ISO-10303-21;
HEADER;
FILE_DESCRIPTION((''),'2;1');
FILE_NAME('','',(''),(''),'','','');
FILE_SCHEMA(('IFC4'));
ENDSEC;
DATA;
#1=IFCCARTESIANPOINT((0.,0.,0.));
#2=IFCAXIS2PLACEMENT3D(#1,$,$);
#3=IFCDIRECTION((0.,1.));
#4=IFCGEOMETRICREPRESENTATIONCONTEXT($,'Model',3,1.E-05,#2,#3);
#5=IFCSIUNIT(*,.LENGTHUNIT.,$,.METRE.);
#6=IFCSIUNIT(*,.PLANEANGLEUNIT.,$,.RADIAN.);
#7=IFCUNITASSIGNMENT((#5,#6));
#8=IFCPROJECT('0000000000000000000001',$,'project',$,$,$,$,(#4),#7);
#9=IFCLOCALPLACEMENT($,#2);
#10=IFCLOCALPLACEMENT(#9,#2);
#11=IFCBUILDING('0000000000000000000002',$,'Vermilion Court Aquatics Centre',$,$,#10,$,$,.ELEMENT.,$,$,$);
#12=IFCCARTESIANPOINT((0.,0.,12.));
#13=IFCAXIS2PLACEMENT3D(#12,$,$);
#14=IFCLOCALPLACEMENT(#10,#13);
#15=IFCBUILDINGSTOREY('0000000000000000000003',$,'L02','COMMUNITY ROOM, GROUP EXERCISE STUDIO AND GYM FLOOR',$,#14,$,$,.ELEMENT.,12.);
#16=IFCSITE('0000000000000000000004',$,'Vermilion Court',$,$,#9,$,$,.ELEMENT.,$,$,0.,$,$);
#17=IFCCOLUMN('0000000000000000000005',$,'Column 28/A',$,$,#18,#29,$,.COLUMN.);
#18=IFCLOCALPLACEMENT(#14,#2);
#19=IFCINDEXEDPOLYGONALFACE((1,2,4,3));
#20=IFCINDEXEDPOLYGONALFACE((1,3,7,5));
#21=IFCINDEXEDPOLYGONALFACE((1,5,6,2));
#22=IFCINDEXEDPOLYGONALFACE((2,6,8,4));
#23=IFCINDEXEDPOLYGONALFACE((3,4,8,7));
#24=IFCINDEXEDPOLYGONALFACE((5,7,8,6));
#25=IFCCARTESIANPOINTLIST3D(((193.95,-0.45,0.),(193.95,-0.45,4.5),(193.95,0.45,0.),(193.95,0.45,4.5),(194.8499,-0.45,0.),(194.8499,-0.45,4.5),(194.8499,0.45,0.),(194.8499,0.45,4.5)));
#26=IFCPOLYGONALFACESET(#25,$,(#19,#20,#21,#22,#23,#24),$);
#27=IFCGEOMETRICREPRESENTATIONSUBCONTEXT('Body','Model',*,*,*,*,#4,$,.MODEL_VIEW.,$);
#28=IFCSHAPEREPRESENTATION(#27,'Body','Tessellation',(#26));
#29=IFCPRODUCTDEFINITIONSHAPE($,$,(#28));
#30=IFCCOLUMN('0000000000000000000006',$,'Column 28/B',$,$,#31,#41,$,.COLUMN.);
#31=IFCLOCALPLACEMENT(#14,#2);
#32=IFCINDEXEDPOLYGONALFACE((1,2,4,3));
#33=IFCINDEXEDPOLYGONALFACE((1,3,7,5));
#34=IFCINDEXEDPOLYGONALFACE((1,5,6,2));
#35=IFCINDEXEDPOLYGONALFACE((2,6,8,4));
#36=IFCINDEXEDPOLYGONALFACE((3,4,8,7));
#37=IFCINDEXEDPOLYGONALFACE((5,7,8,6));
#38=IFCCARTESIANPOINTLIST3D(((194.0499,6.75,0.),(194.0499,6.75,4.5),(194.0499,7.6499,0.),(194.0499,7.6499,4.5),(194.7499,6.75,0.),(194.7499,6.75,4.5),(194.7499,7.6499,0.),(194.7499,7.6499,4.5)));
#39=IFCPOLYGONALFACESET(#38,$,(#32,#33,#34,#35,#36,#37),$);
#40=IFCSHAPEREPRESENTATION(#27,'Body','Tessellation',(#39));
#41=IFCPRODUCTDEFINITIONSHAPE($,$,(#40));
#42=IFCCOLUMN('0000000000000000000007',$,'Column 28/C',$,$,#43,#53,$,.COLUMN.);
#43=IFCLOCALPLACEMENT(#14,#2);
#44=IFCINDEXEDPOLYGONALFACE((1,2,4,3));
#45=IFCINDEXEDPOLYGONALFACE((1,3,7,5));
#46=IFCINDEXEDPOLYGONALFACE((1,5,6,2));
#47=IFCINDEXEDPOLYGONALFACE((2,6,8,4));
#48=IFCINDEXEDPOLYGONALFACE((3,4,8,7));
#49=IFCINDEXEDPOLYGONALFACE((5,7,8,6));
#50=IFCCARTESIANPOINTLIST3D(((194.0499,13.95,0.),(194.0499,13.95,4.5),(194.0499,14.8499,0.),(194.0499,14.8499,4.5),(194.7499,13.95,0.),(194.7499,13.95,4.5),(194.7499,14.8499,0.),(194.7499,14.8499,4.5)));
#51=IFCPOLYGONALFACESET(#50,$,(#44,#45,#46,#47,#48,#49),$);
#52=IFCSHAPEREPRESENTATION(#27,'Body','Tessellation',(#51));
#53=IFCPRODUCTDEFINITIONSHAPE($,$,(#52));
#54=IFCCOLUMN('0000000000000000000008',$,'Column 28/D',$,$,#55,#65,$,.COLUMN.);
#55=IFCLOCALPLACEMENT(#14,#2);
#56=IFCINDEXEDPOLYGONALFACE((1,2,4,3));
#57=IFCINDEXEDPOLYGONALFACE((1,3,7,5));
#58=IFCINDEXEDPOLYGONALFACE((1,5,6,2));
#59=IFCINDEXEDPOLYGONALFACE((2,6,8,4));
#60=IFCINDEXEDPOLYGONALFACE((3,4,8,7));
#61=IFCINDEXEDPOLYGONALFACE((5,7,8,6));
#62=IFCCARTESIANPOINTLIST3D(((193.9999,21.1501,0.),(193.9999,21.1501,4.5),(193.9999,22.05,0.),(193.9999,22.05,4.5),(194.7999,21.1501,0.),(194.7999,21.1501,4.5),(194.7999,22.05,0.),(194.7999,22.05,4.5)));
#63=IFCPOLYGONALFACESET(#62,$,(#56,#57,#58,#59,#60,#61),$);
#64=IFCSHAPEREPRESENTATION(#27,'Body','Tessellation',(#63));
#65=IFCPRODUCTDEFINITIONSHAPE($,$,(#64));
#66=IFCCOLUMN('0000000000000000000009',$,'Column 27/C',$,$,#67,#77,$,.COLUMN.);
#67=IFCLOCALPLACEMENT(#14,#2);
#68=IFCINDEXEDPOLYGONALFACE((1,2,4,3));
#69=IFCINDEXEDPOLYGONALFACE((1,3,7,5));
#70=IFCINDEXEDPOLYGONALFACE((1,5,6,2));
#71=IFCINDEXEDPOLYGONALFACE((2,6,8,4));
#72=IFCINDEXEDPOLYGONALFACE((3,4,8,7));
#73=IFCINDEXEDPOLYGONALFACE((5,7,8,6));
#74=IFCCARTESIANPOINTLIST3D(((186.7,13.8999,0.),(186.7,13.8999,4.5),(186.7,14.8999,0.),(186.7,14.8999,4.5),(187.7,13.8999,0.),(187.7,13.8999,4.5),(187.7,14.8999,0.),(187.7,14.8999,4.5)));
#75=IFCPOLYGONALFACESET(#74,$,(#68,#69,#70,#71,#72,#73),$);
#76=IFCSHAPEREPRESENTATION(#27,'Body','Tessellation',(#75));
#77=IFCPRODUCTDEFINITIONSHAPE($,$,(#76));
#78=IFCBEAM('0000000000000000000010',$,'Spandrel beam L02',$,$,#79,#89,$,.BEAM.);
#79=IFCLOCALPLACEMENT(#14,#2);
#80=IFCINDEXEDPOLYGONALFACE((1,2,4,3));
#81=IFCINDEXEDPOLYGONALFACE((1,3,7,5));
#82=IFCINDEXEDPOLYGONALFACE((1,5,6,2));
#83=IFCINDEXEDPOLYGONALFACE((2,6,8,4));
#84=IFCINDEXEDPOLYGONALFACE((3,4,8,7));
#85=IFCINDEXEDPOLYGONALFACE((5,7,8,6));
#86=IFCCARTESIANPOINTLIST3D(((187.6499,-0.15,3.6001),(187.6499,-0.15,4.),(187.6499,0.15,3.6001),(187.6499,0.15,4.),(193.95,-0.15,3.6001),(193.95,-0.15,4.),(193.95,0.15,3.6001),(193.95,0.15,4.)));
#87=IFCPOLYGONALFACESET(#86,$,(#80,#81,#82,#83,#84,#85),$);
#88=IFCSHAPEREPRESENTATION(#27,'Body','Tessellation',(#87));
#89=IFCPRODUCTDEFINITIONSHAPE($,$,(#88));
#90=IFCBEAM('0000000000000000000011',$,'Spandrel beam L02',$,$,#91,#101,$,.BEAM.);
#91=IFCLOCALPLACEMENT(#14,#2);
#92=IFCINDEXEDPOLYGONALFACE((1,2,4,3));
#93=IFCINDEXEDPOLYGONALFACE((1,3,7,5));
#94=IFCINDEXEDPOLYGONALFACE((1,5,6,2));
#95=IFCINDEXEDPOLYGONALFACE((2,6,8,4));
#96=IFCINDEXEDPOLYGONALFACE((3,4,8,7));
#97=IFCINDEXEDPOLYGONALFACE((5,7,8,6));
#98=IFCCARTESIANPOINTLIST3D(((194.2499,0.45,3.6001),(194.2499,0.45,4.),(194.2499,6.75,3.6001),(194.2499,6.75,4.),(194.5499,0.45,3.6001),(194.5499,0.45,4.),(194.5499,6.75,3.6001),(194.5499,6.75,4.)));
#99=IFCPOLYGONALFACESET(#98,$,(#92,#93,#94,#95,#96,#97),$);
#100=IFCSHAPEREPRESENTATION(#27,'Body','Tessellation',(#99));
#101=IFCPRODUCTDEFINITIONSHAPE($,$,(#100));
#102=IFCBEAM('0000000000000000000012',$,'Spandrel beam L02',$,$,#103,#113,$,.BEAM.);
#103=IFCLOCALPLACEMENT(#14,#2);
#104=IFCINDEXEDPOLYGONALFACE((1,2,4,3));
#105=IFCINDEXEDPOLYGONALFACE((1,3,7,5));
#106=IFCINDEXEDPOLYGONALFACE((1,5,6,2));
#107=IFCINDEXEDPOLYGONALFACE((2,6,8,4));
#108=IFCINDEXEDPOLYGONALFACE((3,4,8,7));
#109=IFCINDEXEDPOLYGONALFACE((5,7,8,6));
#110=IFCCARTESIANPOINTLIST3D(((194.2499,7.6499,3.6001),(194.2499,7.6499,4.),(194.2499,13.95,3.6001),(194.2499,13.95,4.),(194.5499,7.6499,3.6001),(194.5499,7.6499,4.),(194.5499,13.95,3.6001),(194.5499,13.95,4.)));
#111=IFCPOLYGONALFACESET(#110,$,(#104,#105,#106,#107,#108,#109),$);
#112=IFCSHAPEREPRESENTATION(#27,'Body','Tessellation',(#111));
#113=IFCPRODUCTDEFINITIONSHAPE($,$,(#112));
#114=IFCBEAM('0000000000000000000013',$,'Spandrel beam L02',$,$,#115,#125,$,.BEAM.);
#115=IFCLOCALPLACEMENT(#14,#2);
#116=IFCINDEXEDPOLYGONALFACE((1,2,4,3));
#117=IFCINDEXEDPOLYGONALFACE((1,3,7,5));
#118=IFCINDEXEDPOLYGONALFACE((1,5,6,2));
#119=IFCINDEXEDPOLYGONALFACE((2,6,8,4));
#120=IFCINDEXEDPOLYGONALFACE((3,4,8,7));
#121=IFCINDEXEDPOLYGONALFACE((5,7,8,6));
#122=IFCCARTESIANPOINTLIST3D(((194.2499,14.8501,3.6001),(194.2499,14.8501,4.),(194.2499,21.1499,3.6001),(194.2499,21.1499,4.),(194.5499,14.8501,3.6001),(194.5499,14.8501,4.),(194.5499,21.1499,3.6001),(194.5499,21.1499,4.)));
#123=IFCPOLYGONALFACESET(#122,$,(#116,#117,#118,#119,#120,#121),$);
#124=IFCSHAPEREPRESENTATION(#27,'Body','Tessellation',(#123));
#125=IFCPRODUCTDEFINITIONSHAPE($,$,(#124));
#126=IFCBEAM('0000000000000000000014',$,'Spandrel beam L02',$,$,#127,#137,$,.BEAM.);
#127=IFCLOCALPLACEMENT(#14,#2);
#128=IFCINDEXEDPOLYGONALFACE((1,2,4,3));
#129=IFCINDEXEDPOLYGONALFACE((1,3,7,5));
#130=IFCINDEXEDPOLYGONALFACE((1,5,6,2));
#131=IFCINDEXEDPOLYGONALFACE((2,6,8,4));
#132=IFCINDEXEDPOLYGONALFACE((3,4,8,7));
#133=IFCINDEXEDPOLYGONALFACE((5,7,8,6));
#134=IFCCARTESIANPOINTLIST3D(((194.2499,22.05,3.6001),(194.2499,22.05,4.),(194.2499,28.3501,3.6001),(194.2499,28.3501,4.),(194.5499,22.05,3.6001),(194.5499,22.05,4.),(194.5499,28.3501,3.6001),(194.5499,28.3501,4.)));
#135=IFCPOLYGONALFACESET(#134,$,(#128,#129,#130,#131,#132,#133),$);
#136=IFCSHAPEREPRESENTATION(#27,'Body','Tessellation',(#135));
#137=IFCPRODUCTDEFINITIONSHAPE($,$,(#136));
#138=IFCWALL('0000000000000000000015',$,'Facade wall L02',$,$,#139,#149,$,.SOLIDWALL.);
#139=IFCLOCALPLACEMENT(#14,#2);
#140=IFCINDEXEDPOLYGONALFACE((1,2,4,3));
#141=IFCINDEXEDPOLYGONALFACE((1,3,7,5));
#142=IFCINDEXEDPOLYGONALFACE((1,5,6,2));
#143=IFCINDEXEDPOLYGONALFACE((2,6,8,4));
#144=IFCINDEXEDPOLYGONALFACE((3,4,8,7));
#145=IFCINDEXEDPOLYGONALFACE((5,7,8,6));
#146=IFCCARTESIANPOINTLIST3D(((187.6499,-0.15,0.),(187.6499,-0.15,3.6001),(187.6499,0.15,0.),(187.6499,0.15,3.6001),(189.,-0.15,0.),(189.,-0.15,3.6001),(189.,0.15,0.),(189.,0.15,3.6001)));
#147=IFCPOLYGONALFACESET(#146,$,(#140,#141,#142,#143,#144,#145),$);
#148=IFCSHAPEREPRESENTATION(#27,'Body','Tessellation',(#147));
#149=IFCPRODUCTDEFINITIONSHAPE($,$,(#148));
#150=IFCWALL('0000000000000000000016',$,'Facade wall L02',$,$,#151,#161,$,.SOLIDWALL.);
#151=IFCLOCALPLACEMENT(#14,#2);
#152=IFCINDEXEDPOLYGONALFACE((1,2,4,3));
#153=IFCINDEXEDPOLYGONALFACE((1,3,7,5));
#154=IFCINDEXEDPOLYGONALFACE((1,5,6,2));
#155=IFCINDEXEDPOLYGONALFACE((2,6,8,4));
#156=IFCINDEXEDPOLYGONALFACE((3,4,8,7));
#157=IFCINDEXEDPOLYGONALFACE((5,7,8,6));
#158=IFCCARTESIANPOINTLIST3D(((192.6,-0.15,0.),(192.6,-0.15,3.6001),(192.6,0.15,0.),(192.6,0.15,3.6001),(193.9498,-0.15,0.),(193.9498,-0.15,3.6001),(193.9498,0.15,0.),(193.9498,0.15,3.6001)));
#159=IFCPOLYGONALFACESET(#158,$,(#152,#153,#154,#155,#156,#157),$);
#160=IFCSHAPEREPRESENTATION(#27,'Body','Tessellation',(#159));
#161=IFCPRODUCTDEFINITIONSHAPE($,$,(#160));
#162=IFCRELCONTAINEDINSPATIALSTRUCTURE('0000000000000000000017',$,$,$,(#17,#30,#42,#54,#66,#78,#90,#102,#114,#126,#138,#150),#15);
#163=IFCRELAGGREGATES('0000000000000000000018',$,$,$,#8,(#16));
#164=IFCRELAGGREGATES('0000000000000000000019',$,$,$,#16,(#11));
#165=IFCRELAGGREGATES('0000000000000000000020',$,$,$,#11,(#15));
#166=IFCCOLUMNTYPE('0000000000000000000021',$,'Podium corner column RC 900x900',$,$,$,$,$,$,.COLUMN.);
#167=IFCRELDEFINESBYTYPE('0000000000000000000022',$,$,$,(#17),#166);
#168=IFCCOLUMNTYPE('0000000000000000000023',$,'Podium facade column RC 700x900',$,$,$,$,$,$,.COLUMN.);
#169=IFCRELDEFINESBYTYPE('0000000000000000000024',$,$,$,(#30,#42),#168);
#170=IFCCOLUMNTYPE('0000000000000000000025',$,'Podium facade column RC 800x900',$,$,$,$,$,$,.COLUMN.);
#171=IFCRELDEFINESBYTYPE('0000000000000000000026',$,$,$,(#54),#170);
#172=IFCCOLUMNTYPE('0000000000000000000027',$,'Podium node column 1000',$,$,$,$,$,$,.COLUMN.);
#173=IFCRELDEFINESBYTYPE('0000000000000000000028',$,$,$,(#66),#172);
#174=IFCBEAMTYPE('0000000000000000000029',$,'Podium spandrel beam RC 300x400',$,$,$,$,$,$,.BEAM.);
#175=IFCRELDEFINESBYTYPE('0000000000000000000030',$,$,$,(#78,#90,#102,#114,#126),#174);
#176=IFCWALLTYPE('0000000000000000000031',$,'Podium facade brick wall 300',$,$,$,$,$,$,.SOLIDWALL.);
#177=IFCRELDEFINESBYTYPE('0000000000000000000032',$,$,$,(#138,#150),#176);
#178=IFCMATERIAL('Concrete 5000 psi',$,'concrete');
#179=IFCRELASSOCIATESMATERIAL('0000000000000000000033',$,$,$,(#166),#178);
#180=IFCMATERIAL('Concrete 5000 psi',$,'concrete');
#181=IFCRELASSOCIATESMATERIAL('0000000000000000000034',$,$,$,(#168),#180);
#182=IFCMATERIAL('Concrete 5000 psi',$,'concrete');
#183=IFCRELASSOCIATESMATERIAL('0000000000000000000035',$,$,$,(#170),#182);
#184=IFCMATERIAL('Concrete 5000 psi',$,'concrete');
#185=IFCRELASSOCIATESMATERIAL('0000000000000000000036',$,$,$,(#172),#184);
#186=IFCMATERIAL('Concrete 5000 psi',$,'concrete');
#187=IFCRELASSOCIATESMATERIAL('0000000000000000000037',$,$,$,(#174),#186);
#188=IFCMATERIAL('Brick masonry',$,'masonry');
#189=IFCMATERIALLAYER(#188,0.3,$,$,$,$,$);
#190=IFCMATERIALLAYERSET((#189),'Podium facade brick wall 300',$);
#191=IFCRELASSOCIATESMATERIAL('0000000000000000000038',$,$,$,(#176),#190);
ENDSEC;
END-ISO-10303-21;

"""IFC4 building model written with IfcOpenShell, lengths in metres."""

from ifc_helpers import new_model, si_unit, direction, frame, frame_2d, origin, origin_2d, place, context, subcontext, project, spatial, rectangle, extrude, material, layer, layer_set, material_profile, profile_set, type_object, element, save


model = new_model("IFC4")

# Units and contexts
model_context = context("Model", 3, precision=1e-05, world=origin(), true_north=direction((0.0, 1.0)))
body_context = subcontext(model_context, "Body", "Model", "MODEL_VIEW")
ifc_project = project(units=[si_unit("LENGTHUNIT", "METRE"), si_unit("PLANEANGLEUNIT", "RADIAN")], contexts=[model_context])

# Site, building, storey
site_placement = place(None, origin())
site = spatial("IfcSite", under=ifc_project, at=site_placement, Name="Vermilion Court", CompositionType="ELEMENT", RefElevation=0.0)
building_placement = place(site_placement, origin())
building = spatial("IfcBuilding", under=site, at=building_placement, Name="Vermilion Court Aquatics Centre", CompositionType="ELEMENT")
storey_placement = place(building_placement, frame((0.0, 0.0, 12.0)))
storey = spatial("IfcBuildingStorey", under=building, at=storey_placement, Name="L02", Description="COMMUNITY ROOM, GROUP EXERCISE STUDIO AND GYM FLOOR", CompositionType="ELEMENT", Elevation=12.0)

# Columns
ifc_material_1 = material(Name="Concrete 5000 psi", Category="concrete")
ifc_material_profile_1 = material_profile(ifc_material_1, rectangle(XDim=0.8999, YDim=0.8999, at=origin_2d()), Name="RC 900x900")
ifc_profile_set_1 = profile_set([ifc_material_profile_1], Name="Concrete 5000 psi")
column_type_1 = type_object("IfcColumnType", Name="Podium corner column RC 900x900", PredefinedType="COLUMN", material=ifc_profile_set_1)
column_1_placement = place(storey_placement, frame((194.3999, 0.0, 0.0), z_axis=(0.0, 0.0, 1.0), x_axis=(1.0, 0.0, 0.0)))
element("IfcColumn", 1, at=column_1_placement, inside=storey, type_object=column_type_1, Name="Column 28/A", PredefinedType="COLUMN", context=body_context, shape_type="SweptSolid", body=[
    extrude(rectangle(XDim=0.8999, YDim=0.8999, at=origin_2d()), origin(), (0.0, 0.0, 1.0), 4.5),
])
ifc_material_2 = material(Name="Concrete 5000 psi", Category="concrete")
ifc_material_profile_2 = material_profile(ifc_material_2, rectangle(XDim=0.7, YDim=0.8999, at=origin_2d()), Name="RC 700x900")
ifc_profile_set_2 = profile_set([ifc_material_profile_2], Name="Concrete 5000 psi")
column_type_2 = type_object("IfcColumnType", Name="Podium facade column RC 700x900", PredefinedType="COLUMN", material=ifc_profile_set_2)
for number, where, z_axis, x_axis, name in (
    (2, (194.3999, 7.2, 0.0), (0.0, 0.0, 1.0), (1.0, 0.0, 0.0), "Column 28/B"),
    (3, (194.3999, 14.3999, 0.0), (0.0, 0.0, 1.0), (1.0, 0.0, 0.0), "Column 28/C"),
):
    element("IfcColumn", number, at=place(storey_placement, frame(where, z_axis=z_axis, x_axis=x_axis)), inside=storey, type_object=column_type_2, Name=name, PredefinedType="COLUMN", context=body_context, shape_type="SweptSolid", body=[
        extrude(rectangle(XDim=0.7, YDim=0.8999, at=origin_2d()), origin(), (0.0, 0.0, 1.0), 4.5),
    ])
ifc_material_3 = material(Name="Concrete 5000 psi", Category="concrete")
ifc_material_profile_3 = material_profile(ifc_material_3, rectangle(XDim=0.8, YDim=0.8999, at=origin_2d()), Name="RC 800x900")
ifc_profile_set_3 = profile_set([ifc_material_profile_3], Name="Concrete 5000 psi")
column_type_3 = type_object("IfcColumnType", Name="Podium facade column RC 800x900", PredefinedType="COLUMN", material=ifc_profile_set_3)
column_2_placement = place(storey_placement, frame((194.3999, 21.6001, 0.0), z_axis=(0.0, 0.0, 1.0), x_axis=(1.0, 0.0, 0.0)))
element("IfcColumn", 4, at=column_2_placement, inside=storey, type_object=column_type_3, Name="Column 28/D", PredefinedType="COLUMN", context=body_context, shape_type="SweptSolid", body=[
    extrude(rectangle(XDim=0.8, YDim=0.8999, at=origin_2d()), origin(), (0.0, 0.0, 1.0), 4.5),
])
ifc_material_4 = material(Name="Concrete 5000 psi", Category="concrete")
ifc_material_profile_4 = material_profile(ifc_material_4, rectangle(XDim=1.0, YDim=1.0, at=origin_2d()), Name="RC 1000x1000")
ifc_profile_set_4 = profile_set([ifc_material_profile_4], Name="Concrete 5000 psi")
column_type_4 = type_object("IfcColumnType", Name="Podium node column 1000", PredefinedType="COLUMN", material=ifc_profile_set_4)
column_3_placement = place(storey_placement, frame((187.2, 14.3999, 0.0), z_axis=(0.0, 0.0, 1.0), x_axis=(1.0, 0.0, 0.0)))
element("IfcColumn", 5, at=column_3_placement, inside=storey, type_object=column_type_4, Name="Column 27/C", PredefinedType="COLUMN", context=body_context, shape_type="SweptSolid", body=[
    extrude(rectangle(XDim=1.0, YDim=1.0, at=origin_2d()), origin(), (0.0, 0.0, 1.0), 4.5),
])

# Beams
ifc_material_5 = material(Name="Concrete 5000 psi", Category="concrete")
ifc_material_profile_5 = material_profile(ifc_material_5, rectangle(XDim=0.3, YDim=0.3999, at=origin_2d()), Name="RC 300x400")
ifc_profile_set_5 = profile_set([ifc_material_profile_5], Name="Concrete 5000 psi")
beam_type = type_object("IfcBeamType", Name="Podium spandrel beam RC 300x400", PredefinedType="BEAM", material=ifc_profile_set_5)
for number, where, z_axis, x_axis, name in (
    (6, (187.6499, 0.0, 3.8), (1.0, 0.0, 0.0), (0.0, 1.0, 0.0), "Spandrel beam L02"),
    (7, (194.3999, 0.45, 3.8), (0.0, 1.0, 0.0), (-1.0, 0.0, 0.0), "Spandrel beam L02"),
    (8, (194.3999, 7.6499, 3.8), (0.0, 1.0, 0.0), (-1.0, 0.0, 0.0), "Spandrel beam L02"),
):
    element("IfcBeam", number, at=place(storey_placement, frame(where, z_axis=z_axis, x_axis=x_axis)), inside=storey, type_object=beam_type, Name=name, PredefinedType="BEAM", context=body_context, shape_type="SweptSolid", body=[
        extrude(rectangle(XDim=0.3, YDim=0.3999, at=origin_2d()), origin(), (0.0, 0.0, 1.0), 6.3),
    ])
beam_1_placement = place(storey_placement, frame((194.3999, 14.8501, 3.8), z_axis=(0.0, 1.0, 0.0), x_axis=(-1.0, 0.0, 0.0)))
element("IfcBeam", 9, at=beam_1_placement, inside=storey, type_object=beam_type, Name="Spandrel beam L02", PredefinedType="BEAM", context=body_context, shape_type="SweptSolid", body=[
    extrude(rectangle(XDim=0.3, YDim=0.3999, at=origin_2d()), origin(), (0.0, 0.0, 1.0), 6.2998),
])
beam_2_placement = place(storey_placement, frame((194.3999, 22.05, 3.8), z_axis=(0.0, 1.0, 0.0), x_axis=(-1.0, 0.0, 0.0)))
element("IfcBeam", 10, at=beam_2_placement, inside=storey, type_object=beam_type, Name="Spandrel beam L02", PredefinedType="BEAM", context=body_context, shape_type="SweptSolid", body=[
    extrude(rectangle(XDim=0.3, YDim=0.3999, at=origin_2d()), origin(), (0.0, 0.0, 1.0), 6.3),
])

# Walls
ifc_material_6 = material(Name="Brick masonry", Category="masonry")
ifc_layer_1 = layer(ifc_material_6, 0.3)
ifc_layer_set_1 = layer_set([ifc_layer_1], Name="Podium facade brick wall 300")
wall_type_1 = type_object("IfcWallType", Name="Podium facade brick wall 300", PredefinedType="SOLIDWALL", material=ifc_layer_set_1)
wall_1_placement = place(storey_placement, frame((187.6499, 0.0, 0.0), z_axis=(0.0, 0.0, 1.0), x_axis=(1.0, 0.0, 0.0)))
element("IfcWall", 11, at=wall_1_placement, inside=storey, type_object=wall_type_1, Name="Facade wall L02", PredefinedType="SOLIDWALL", context=body_context, shape_type="SweptSolid", body=[
    extrude(rectangle(XDim=1.3501, YDim=0.3, at=frame_2d((0.675, 0.0))), origin(), (0.0, 0.0, 1.0), 3.6001),
])
wall_2_placement = place(storey_placement, frame((192.6001, 0.0, 0.0), z_axis=(0.0, 0.0, 1.0), x_axis=(1.0, 0.0, 0.0)))
element("IfcWall", 12, at=wall_2_placement, inside=storey, type_object=wall_type_1, Name="Facade wall L02", PredefinedType="SOLIDWALL", context=body_context, shape_type="SweptSolid", body=[
    extrude(rectangle(XDim=1.3499, YDim=0.3, at=frame_2d((0.6748, 0.0))), origin(), (0.0, 0.0, 1.0), 3.6001),
])

save(model, "model.ifc")
